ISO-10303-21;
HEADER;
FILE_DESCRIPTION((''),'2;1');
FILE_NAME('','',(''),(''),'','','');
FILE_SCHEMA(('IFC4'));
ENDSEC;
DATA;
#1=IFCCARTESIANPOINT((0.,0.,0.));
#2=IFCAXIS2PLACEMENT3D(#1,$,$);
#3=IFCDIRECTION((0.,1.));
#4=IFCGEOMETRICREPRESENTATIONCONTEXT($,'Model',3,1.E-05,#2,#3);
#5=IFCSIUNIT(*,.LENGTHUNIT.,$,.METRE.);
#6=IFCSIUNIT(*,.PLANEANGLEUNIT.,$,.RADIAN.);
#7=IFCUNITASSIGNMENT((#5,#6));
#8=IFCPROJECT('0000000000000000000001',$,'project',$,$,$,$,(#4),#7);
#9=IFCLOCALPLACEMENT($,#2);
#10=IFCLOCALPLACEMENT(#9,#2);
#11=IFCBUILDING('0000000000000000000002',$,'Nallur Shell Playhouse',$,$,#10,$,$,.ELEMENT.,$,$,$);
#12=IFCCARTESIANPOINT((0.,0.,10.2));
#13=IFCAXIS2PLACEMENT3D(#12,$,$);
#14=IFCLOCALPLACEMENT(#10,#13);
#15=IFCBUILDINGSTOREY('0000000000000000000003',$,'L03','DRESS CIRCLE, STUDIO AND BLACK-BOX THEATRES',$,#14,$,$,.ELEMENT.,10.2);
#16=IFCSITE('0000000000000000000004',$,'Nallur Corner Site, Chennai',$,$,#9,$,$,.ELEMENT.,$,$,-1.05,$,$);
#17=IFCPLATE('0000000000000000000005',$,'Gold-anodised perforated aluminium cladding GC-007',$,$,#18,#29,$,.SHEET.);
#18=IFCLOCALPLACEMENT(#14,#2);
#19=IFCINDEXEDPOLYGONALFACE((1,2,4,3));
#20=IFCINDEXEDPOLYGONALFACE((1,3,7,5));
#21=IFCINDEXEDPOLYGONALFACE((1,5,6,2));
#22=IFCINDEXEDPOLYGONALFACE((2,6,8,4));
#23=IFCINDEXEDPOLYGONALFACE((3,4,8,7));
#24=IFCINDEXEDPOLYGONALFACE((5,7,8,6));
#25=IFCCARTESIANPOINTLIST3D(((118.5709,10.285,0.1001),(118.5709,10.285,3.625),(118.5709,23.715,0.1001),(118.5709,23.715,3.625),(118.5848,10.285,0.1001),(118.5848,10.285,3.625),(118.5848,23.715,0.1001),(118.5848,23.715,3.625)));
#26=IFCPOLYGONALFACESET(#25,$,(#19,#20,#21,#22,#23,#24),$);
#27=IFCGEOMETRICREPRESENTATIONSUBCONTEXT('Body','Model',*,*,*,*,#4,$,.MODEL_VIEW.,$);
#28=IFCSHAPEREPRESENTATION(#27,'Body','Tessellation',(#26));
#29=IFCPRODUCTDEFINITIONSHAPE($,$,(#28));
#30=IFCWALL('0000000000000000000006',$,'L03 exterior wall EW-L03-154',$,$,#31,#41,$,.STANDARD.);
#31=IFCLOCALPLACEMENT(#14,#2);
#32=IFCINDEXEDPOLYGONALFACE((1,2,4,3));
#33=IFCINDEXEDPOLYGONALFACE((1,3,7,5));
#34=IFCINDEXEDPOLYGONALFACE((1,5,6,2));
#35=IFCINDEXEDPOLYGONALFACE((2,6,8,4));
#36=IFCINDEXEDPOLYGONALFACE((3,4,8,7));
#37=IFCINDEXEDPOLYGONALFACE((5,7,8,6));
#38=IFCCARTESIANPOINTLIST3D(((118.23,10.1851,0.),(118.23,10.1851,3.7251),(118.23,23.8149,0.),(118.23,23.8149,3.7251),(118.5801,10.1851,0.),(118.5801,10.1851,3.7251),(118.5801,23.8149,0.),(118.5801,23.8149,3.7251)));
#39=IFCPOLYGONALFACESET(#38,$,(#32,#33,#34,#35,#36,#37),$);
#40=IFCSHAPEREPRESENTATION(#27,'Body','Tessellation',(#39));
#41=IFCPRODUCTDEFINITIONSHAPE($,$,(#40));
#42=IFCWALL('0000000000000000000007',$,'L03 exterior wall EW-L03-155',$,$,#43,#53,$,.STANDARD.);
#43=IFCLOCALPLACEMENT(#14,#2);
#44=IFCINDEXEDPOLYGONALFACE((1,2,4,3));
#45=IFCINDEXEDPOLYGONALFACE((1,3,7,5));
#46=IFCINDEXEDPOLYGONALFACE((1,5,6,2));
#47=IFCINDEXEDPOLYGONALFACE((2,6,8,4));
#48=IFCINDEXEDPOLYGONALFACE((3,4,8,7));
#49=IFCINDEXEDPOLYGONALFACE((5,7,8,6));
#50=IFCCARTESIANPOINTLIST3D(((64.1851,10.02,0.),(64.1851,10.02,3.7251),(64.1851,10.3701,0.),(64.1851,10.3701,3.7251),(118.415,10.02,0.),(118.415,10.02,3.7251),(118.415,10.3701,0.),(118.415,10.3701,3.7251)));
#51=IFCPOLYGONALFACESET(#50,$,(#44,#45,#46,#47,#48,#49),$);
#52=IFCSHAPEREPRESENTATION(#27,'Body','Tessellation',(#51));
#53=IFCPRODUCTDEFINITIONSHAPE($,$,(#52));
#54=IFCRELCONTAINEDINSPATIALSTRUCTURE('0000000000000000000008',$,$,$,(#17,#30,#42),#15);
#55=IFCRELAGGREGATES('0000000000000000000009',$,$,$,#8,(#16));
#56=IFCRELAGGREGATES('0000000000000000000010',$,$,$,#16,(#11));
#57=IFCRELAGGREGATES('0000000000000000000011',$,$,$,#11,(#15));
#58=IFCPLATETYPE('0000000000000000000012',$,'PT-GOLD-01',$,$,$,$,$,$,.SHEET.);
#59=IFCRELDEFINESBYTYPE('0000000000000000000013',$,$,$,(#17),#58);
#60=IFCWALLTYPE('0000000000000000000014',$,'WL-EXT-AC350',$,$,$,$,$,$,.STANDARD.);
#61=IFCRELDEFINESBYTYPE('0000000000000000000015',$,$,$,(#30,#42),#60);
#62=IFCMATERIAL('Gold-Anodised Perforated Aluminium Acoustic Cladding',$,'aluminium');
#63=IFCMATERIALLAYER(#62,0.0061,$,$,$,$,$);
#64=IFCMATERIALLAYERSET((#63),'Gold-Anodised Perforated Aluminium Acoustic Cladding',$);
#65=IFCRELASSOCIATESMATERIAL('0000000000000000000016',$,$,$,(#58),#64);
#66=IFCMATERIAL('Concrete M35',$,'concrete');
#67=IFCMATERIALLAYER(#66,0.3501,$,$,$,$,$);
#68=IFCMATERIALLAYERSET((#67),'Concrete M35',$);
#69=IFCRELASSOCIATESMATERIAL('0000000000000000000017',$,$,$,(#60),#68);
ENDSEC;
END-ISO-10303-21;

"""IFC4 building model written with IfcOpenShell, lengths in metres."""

from ifc_helpers import new_model, si_unit, direction, frame, frame_2d, origin, origin_2d, place, context, subcontext, project, spatial, rectangle, extrude, material, layer, layer_set, type_object, element, save


model = new_model("IFC4")

# Units and contexts
model_context = context("Model", 3, precision=1e-05, world=origin(), true_north=direction((0.0, 1.0)))
body_context = subcontext(model_context, "Body", "Model", "MODEL_VIEW")
ifc_project = project(units=[si_unit("LENGTHUNIT", "METRE"), si_unit("PLANEANGLEUNIT", "RADIAN")], contexts=[model_context])

# Site, building, storey
site_placement = place(None, origin())
site = spatial("IfcSite", under=ifc_project, at=site_placement, Name="Nallur Corner Site, Chennai", CompositionType="ELEMENT", RefElevation=-1.05)
building_placement = place(site_placement, origin())
building = spatial("IfcBuilding", under=site, at=building_placement, Name="Nallur Shell Playhouse", CompositionType="ELEMENT")
storey_placement = place(building_placement, frame((0.0, 0.0, 10.2)))
storey = spatial("IfcBuildingStorey", under=building, at=storey_placement, Name="L03", Description="DRESS CIRCLE, STUDIO AND BLACK-BOX THEATRES", CompositionType="ELEMENT", Elevation=10.2)

# Shared definitions
ifc_material_1 = material(Name="Concrete M35", Category="concrete")

# Plate
ifc_material_2 = material(Name="Gold-Anodised Perforated Aluminium Acoustic Cladding", Category="aluminium")
ifc_layer_1 = layer(ifc_material_2, 0.0061)
ifc_layer_set_1 = layer_set([ifc_layer_1], Name="Gold-Anodised Perforated Aluminium Acoustic Cladding")
plate_type_1 = type_object("IfcPlateType", Name="PT-GOLD-01", PredefinedType="SHEET", material=ifc_layer_set_1)
plate_1_placement = place(storey_placement, frame((118.5779, 17.0, 0.1001), z_axis=(0.0, 0.0, 1.0), x_axis=(0.0, -1.0, 0.0)))
element("IfcPlate", 1, at=plate_1_placement, inside=storey, type_object=plate_type_1, Name="Gold-anodised perforated aluminium cladding GC-007", PredefinedType="SHEET", context=body_context, shape_type="SweptSolid", body=[
    extrude(rectangle(XDim=13.4299, YDim=0.0139, at=origin_2d()), origin(), (0.0, 0.0, 1.0), 3.5249),
])

# Walls
ifc_layer_2 = layer(ifc_material_1, 0.3501)
ifc_layer_set_2 = layer_set([ifc_layer_2], Name="Concrete M35")
wall_type = type_object("IfcWallType", Name="WL-EXT-AC350", PredefinedType="STANDARD", material=ifc_layer_set_2)
wall_1_placement = place(storey_placement, frame((118.405, 23.8149, 0.0), z_axis=(0.0, 0.0, 1.0), x_axis=(0.0, -1.0, 0.0)))
element("IfcWall", 2, at=wall_1_placement, inside=storey, type_object=wall_type, Name="L03 exterior wall EW-L03-154", PredefinedType="STANDARD", context=body_context, shape_type="SweptSolid", body=[
    extrude(rectangle(XDim=13.6299, YDim=0.3501, at=frame_2d((6.8149, 0.0))), origin(), (0.0, 0.0, 1.0), 3.7251),
])
wall_2_placement = place(storey_placement, frame((118.415, 10.1951, 0.0), z_axis=(0.0, 0.0, 1.0), x_axis=(-1.0, 0.0, 0.0)))
element("IfcWall", 3, at=wall_2_placement, inside=storey, type_object=wall_type, Name="L03 exterior wall EW-L03-155", PredefinedType="STANDARD", context=body_context, shape_type="SweptSolid", body=[
    extrude(rectangle(XDim=54.23, YDim=0.3501, at=frame_2d((27.115, 0.0))), origin(), (0.0, 0.0, 1.0), 3.7251),
])

save(model, "model.ifc")
